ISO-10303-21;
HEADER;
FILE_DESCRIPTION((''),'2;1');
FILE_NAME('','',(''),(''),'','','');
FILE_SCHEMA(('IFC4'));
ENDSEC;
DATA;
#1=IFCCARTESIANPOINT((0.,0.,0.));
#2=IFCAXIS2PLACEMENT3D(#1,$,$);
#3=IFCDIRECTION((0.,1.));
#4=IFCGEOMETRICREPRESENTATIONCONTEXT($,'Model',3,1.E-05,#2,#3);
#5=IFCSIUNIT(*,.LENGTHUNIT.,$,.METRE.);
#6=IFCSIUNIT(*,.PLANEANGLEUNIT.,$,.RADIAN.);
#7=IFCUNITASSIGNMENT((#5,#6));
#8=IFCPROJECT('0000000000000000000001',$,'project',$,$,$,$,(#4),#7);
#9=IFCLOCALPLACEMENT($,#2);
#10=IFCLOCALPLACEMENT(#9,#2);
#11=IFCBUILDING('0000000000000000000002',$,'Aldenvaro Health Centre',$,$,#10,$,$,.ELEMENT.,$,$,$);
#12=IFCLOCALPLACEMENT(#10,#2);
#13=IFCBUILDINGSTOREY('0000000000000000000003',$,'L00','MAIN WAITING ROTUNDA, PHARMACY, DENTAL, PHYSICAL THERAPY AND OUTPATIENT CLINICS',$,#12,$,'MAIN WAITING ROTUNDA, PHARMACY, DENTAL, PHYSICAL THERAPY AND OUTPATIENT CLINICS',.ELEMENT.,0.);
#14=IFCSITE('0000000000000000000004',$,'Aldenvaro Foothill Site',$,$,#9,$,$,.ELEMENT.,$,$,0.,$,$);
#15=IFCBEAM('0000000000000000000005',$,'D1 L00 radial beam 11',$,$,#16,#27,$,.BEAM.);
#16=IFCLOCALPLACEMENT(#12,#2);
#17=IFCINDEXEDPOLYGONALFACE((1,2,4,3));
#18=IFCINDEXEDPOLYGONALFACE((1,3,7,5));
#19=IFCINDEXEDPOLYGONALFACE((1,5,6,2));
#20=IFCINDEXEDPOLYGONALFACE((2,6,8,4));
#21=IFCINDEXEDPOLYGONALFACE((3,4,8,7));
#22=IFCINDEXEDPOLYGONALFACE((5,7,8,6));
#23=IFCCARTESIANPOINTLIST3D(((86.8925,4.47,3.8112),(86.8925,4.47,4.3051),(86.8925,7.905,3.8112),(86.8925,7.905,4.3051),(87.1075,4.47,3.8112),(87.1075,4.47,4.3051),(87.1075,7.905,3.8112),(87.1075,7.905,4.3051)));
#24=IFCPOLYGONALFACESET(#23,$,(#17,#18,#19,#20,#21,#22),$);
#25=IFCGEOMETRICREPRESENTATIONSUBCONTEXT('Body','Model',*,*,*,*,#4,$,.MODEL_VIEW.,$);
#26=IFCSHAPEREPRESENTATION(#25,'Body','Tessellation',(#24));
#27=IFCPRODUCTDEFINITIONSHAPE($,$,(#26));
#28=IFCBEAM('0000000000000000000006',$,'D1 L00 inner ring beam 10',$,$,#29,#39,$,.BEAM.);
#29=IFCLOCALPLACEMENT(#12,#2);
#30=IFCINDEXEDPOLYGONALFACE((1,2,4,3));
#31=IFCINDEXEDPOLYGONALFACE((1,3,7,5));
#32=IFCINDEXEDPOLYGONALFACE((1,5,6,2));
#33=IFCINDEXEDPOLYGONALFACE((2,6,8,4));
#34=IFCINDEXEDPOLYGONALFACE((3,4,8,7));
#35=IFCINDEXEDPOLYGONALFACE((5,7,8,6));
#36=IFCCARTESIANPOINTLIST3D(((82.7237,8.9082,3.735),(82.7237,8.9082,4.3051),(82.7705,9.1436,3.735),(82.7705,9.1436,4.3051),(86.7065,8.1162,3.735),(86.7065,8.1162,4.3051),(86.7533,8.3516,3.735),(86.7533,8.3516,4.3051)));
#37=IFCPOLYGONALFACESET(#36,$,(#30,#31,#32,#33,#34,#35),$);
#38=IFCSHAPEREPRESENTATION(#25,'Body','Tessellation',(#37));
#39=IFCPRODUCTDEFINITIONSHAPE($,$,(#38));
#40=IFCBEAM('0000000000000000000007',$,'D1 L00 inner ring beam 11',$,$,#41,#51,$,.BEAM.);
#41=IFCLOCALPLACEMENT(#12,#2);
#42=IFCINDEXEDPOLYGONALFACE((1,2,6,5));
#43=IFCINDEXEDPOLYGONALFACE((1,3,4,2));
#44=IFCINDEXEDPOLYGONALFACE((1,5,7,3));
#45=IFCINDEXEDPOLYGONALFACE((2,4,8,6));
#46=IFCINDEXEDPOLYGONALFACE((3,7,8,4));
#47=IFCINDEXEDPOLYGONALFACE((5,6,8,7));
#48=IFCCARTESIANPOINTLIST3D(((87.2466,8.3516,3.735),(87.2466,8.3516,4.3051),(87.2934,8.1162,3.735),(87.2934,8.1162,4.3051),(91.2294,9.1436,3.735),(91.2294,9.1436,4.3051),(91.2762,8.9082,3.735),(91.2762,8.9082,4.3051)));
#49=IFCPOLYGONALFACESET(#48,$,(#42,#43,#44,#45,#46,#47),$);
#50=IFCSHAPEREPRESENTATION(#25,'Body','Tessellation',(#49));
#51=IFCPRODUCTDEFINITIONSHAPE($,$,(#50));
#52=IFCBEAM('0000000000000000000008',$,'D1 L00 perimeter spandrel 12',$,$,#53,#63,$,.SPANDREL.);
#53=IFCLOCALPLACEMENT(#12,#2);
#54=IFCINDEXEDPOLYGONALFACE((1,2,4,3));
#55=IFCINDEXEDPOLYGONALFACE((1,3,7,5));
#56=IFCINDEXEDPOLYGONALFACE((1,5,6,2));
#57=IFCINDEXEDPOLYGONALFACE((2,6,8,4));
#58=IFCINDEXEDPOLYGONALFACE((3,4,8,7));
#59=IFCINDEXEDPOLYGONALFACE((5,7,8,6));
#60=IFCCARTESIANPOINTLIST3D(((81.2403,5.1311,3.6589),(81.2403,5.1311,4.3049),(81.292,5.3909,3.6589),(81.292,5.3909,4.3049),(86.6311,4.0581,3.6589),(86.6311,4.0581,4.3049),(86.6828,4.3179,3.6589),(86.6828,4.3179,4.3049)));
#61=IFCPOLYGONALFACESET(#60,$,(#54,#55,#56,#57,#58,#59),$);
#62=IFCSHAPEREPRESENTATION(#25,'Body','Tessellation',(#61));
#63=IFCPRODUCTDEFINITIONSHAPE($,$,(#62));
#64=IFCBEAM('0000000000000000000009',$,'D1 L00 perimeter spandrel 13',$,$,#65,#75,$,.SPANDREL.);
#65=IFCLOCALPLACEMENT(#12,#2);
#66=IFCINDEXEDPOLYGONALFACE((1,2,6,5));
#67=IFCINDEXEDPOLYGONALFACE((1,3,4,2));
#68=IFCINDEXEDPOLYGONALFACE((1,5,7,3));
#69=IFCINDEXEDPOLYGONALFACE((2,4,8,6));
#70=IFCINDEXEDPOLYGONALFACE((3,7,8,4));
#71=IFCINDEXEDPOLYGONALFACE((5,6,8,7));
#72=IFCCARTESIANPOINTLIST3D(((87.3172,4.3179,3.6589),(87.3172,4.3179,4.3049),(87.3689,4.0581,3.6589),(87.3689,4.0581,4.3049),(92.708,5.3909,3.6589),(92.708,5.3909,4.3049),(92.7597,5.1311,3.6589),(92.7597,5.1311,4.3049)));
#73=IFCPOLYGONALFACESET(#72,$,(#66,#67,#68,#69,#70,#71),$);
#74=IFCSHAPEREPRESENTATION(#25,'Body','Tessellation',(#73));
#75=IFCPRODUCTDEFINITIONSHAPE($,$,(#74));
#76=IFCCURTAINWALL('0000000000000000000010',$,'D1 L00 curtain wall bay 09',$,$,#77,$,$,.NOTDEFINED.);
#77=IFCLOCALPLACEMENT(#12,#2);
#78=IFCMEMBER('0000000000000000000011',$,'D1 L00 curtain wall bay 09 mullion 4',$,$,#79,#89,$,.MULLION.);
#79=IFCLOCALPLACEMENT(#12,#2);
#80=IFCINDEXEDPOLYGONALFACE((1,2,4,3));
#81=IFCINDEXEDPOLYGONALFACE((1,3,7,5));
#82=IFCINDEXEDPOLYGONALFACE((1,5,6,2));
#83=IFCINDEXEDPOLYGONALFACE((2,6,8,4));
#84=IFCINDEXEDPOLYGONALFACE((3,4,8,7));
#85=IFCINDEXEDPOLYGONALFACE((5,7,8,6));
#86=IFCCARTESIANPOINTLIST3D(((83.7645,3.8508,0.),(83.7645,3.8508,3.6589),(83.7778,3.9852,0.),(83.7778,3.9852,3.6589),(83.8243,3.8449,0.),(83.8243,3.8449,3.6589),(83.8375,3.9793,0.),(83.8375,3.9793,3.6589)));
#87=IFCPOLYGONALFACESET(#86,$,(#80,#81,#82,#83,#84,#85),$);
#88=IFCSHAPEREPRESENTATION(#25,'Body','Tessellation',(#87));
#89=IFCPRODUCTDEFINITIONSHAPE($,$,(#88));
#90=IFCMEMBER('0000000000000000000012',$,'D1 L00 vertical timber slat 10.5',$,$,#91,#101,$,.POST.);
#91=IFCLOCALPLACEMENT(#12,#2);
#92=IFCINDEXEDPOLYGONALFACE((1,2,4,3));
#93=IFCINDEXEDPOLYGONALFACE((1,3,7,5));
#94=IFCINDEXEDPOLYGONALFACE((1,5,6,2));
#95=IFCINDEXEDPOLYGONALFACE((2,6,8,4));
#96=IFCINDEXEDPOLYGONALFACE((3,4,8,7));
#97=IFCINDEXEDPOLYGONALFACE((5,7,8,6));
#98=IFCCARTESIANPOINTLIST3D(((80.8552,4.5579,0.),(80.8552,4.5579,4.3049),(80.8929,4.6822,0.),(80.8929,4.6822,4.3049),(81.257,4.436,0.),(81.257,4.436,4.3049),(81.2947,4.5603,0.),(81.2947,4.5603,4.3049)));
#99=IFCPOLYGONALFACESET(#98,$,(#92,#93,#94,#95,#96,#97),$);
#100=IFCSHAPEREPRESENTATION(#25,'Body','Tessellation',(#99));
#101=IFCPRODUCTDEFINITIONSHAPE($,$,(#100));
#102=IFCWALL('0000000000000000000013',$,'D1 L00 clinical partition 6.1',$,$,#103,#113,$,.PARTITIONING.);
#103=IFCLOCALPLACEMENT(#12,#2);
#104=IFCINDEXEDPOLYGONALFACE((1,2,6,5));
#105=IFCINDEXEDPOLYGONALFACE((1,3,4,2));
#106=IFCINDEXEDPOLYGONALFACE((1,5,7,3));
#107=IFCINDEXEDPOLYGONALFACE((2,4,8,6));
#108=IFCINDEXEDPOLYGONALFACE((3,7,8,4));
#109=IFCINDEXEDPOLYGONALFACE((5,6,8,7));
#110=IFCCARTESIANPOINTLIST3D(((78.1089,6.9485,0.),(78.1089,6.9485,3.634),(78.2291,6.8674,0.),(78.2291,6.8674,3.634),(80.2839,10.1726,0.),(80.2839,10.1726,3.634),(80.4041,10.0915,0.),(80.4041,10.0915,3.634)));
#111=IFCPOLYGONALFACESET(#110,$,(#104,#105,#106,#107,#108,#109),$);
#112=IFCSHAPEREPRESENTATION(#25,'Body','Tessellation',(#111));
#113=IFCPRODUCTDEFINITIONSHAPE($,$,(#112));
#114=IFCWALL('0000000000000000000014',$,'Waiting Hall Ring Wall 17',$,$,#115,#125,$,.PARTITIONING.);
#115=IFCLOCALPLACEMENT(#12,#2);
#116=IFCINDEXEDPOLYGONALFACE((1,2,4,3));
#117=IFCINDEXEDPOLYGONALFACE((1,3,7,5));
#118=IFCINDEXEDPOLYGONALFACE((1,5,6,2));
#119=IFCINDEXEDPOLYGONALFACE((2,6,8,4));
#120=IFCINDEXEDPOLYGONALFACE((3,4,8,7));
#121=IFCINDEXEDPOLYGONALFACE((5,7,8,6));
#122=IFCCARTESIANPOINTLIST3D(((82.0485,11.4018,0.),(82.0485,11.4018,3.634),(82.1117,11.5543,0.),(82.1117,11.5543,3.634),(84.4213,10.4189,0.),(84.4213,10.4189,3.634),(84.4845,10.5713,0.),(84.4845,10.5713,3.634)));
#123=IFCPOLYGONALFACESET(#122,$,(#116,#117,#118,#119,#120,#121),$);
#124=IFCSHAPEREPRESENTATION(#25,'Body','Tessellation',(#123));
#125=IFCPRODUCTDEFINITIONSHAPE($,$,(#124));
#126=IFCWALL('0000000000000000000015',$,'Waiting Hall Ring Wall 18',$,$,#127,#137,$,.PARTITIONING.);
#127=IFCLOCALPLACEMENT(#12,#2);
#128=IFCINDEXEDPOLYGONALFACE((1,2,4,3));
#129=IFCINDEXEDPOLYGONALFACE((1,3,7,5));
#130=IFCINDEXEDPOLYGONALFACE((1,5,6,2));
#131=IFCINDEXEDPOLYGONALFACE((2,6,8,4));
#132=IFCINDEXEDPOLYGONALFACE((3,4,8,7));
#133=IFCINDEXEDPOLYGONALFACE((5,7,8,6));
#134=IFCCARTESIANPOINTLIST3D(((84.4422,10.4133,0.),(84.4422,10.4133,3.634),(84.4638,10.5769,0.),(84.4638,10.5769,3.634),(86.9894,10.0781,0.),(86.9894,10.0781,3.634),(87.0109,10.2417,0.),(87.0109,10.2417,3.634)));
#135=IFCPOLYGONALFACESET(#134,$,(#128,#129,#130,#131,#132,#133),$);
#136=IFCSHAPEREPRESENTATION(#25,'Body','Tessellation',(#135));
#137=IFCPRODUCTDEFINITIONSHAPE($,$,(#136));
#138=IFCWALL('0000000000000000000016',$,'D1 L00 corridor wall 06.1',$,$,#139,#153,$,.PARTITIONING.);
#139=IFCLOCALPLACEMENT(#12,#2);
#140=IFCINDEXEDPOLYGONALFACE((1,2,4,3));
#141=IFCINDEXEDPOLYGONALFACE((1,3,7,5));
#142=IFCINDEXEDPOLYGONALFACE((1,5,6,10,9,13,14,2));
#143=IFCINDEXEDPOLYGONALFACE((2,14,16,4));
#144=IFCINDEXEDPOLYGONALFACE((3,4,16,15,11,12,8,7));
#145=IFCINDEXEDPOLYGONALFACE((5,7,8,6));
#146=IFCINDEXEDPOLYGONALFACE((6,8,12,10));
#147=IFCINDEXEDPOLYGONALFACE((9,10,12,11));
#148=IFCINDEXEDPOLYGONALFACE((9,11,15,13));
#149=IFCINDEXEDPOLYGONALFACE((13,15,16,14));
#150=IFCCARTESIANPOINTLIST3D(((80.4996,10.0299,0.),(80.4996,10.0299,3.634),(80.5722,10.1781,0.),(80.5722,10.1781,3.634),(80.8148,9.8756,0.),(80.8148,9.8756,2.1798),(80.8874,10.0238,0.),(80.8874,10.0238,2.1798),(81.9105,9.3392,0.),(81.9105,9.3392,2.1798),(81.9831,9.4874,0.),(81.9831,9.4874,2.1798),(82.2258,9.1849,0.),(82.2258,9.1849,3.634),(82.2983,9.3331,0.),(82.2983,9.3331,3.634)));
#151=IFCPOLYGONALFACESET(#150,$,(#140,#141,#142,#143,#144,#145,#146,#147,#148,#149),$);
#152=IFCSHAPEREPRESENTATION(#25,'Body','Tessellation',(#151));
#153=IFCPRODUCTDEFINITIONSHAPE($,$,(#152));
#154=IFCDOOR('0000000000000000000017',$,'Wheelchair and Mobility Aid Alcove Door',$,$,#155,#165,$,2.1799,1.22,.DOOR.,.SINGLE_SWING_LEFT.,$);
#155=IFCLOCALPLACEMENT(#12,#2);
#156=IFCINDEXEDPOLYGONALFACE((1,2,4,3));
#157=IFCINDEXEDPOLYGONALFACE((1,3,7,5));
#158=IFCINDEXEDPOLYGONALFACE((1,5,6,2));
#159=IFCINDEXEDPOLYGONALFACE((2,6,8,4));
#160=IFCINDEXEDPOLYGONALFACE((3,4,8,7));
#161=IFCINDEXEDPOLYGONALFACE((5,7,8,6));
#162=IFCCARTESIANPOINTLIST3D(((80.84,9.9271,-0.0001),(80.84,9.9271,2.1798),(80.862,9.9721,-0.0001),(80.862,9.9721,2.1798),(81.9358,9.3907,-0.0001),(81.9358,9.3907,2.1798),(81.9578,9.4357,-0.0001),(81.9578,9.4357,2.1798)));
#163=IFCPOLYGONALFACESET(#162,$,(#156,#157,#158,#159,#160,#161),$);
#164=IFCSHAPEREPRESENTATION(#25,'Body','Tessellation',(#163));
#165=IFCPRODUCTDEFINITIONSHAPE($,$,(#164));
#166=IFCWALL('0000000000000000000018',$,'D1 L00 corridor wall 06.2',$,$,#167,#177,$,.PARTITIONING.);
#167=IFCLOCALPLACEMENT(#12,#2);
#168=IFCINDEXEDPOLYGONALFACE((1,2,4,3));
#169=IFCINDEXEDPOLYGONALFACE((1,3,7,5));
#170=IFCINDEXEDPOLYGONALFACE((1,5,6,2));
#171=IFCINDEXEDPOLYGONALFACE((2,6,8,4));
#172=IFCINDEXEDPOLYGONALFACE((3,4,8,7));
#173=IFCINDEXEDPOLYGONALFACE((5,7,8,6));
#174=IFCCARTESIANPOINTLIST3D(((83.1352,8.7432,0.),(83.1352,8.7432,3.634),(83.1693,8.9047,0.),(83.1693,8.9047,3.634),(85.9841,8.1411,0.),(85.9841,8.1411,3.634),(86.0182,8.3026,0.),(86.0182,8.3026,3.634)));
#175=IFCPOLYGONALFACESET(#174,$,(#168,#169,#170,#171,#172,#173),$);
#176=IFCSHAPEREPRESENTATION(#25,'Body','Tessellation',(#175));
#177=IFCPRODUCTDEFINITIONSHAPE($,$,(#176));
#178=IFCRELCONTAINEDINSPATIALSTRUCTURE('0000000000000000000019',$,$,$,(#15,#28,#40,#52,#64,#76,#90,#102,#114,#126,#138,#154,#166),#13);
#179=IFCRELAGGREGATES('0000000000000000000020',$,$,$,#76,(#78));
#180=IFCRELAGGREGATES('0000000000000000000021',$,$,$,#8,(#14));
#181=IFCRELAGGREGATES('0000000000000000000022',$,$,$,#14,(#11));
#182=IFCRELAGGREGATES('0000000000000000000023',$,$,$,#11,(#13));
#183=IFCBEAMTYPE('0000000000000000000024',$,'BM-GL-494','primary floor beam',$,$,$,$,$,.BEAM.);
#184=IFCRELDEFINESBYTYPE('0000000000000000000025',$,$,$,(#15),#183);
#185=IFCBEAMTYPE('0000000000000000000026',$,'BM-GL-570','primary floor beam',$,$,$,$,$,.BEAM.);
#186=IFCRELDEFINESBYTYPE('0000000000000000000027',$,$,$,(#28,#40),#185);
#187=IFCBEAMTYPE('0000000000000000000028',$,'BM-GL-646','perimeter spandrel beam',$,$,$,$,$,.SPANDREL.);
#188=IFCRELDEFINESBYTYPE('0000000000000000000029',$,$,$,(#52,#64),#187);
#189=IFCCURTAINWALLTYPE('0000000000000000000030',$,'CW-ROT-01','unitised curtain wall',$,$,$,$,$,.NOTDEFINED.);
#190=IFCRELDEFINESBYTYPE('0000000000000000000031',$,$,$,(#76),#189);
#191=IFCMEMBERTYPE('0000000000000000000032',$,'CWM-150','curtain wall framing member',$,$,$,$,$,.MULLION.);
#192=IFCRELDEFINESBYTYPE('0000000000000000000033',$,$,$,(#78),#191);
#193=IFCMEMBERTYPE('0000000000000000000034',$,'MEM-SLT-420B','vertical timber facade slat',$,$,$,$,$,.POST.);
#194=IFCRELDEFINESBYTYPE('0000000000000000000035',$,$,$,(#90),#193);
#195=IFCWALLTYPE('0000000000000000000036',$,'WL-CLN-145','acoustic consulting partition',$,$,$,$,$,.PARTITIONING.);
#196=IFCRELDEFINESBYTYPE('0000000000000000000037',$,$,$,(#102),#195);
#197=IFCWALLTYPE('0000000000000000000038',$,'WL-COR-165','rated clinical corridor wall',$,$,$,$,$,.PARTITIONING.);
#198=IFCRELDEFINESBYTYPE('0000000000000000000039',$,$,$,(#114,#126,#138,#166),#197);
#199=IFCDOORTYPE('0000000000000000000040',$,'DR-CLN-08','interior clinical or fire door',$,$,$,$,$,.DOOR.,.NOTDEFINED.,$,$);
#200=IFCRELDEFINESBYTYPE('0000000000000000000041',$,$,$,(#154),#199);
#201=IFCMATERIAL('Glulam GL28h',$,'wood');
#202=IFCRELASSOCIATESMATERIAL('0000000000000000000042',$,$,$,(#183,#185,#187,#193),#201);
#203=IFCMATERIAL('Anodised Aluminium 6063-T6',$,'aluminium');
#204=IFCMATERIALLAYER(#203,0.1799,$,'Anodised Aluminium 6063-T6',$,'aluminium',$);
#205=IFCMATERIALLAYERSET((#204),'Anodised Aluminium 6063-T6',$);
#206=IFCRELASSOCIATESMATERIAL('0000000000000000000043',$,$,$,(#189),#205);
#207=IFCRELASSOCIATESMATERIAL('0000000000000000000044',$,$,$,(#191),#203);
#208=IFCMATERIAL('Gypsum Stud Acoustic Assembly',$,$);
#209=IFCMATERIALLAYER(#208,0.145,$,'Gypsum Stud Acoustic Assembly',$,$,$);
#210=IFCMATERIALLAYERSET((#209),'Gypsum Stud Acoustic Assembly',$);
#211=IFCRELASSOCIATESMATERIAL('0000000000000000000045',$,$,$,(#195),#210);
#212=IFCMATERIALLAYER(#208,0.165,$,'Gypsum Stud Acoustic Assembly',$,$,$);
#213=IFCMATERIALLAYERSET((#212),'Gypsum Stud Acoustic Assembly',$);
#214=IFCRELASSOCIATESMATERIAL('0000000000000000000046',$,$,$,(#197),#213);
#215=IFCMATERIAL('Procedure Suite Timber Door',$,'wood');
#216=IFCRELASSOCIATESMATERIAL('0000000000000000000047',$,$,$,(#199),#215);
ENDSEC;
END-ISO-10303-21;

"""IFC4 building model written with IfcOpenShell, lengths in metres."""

from ifc_helpers import new_model, si_unit, direction, frame, frame_2d, origin, origin_2d, place, context, subcontext, project, spatial, rectangle, extrude, material, layer, layer_set, material_profile, profile_set, type_object, element, fill, aggregate, save


model = new_model("IFC4")

# Units and contexts
model_context = context("Model", 3, precision=1e-05, world=origin(), true_north=direction((0.0, 1.0)))
body_context = subcontext(model_context, "Body", "Model", "MODEL_VIEW")
ifc_project = project(units=[si_unit("LENGTHUNIT", "METRE"), si_unit("PLANEANGLEUNIT", "RADIAN")], contexts=[model_context])

# Site, building, storey
site_placement = place(None, origin())
site = spatial("IfcSite", under=ifc_project, at=site_placement, Name="Aldenvaro Foothill Site", CompositionType="ELEMENT", RefElevation=0.0)
building_placement = place(site_placement, origin())
building = spatial("IfcBuilding", under=site, at=building_placement, Name="Aldenvaro Health Centre", CompositionType="ELEMENT")
storey_placement = place(building_placement, origin())
storey = spatial("IfcBuildingStorey", under=building, at=storey_placement, Name="L00", Description="MAIN WAITING ROTUNDA, PHARMACY, DENTAL, PHYSICAL THERAPY AND OUTPATIENT CLINICS", LongName="MAIN WAITING ROTUNDA, PHARMACY, DENTAL, PHYSICAL THERAPY AND OUTPATIENT CLINICS", CompositionType="ELEMENT", Elevation=0.0)

# Beams
ifc_material_1 = material(Name="Glulam GL28h", Category="wood")
ifc_material_profile_1 = material_profile(ifc_material_1, rectangle(XDim=0.2151, YDim=0.4939, at=origin_2d()), Name="GL 215x494", Category="wood")
ifc_profile_set_1 = profile_set([ifc_material_profile_1], Name="Glulam GL28h")
beam_type_1 = type_object("IfcBeamType", Name="BM-GL-494", Description="primary floor beam", PredefinedType="BEAM", material=ifc_profile_set_1)
beam_1_placement = place(storey_placement, frame((87.0, 7.905, 4.0581), z_axis=(0.0, -1.0, 0.0), x_axis=(1.0, 0.0, 0.0)))
element("IfcBeam", 1, at=beam_1_placement, inside=storey, type_object=beam_type_1, Name="D1 L00 radial beam 11", PredefinedType="BEAM", context=body_context, shape_type="SweptSolid", body=[
    extrude(rectangle(XDim=0.2151, YDim=0.4939, at=origin_2d()), origin(), (0.0, 0.0, 1.0), 3.4351),
])
ifc_material_profile_2 = material_profile(ifc_material_1, rectangle(XDim=0.24, YDim=0.5701, at=origin_2d()), Name="GL 240x570", Category="wood")
ifc_profile_set_2 = profile_set([ifc_material_profile_2], Name="Glulam GL28h")
beam_type_2 = type_object("IfcBeamType", Name="BM-GL-570", Description="primary floor beam", PredefinedType="BEAM", material=ifc_profile_set_2)
for number, where, z_axis, x_axis, name in (
    (2, (82.7471, 9.0259, 4.02), (0.980797, -0.195029, 0.0), (0.195029, 0.980797, 0.0), "D1 L00 inner ring beam 10"),
    (3, (87.27, 8.2339, 4.02), (0.980797, 0.195029, 0.0), (-0.195029, 0.980797, 0.0), "D1 L00 inner ring beam 11"),
):
    element("IfcBeam", number, at=place(storey_placement, frame(where, z_axis=z_axis, x_axis=x_axis)), inside=storey, type_object=beam_type_2, Name=name, PredefinedType="BEAM", context=body_context, shape_type="SweptSolid", body=[
        extrude(rectangle(XDim=0.24, YDim=0.5701, at=origin_2d()), origin(), (0.0, 0.0, 1.0), 4.0608),
    ])
ifc_material_profile_3 = material_profile(ifc_material_1, rectangle(XDim=0.2649, YDim=0.646, at=origin_2d()), Name="GL 265x646", Category="wood")
ifc_profile_set_3 = profile_set([ifc_material_profile_3], Name="Glulam GL28h")
beam_type_3 = type_object("IfcBeamType", Name="BM-GL-646", Description="perimeter spandrel beam", PredefinedType="SPANDREL", material=ifc_profile_set_3)
for number, where, z_axis, x_axis, name in (
    (4, (81.2661, 5.261, 3.9819), (0.980761, -0.195211, 0.0), (0.195211, 0.980761, 0.0), "D1 L00 perimeter spandrel 12"),
    (5, (87.343, 4.188, 3.9819), (0.980761, 0.195211, 0.0), (-0.195211, 0.980761, 0.0), "D1 L00 perimeter spandrel 13"),
):
    element("IfcBeam", number, at=place(storey_placement, frame(where, z_axis=z_axis, x_axis=x_axis)), inside=storey, type_object=beam_type_3, Name=name, PredefinedType="SPANDREL", context=body_context, shape_type="SweptSolid", body=[
        extrude(rectangle(XDim=0.2649, YDim=0.646, at=origin_2d()), origin(), (0.0, 0.0, 1.0), 5.4966),
    ])

# Curtain wall, member
ifc_material_2 = material(Name="Anodised Aluminium 6063-T6", Category="aluminium")
ifc_layer_1 = layer(ifc_material_2, 0.1799, Name="Anodised Aluminium 6063-T6", Category="aluminium")
ifc_layer_set_1 = layer_set([ifc_layer_1], Name="Anodised Aluminium 6063-T6")
curtain_wall_type = type_object("IfcCurtainWallType", Name="CW-ROT-01", Description="unitised curtain wall", PredefinedType="NOTDEFINED", material=ifc_layer_set_1)
curtain_wall_placement = place(storey_placement, origin())
curtain_wall = element("IfcCurtainWall", 6, at=curtain_wall_placement, inside=storey, type_object=curtain_wall_type, Name="D1 L00 curtain wall bay 09", PredefinedType="NOTDEFINED")
ifc_material_profile_4 = material_profile(ifc_material_2, rectangle(XDim=0.0601, YDim=0.135, at=origin_2d()), Name="ALU 60x135", Category="aluminium")
ifc_profile_set_4 = profile_set([ifc_material_profile_4], Name="Anodised Aluminium 6063-T6")
member_type_1 = type_object("IfcMemberType", Name="CWM-150", Description="curtain wall framing member", PredefinedType="MULLION", material=ifc_profile_set_4)
member_1_placement = place(storey_placement, frame((83.801, 3.915, 0.0), z_axis=(0.0, 0.0, 1.0), x_axis=(-0.995187, 0.097994, 0.0)))
member_1 = element("IfcMember", 7, at=member_1_placement, type_object=member_type_1, Name="D1 L00 curtain wall bay 09 mullion 4", PredefinedType="MULLION", context=body_context, shape_type="SweptSolid", body=[
    extrude(rectangle(XDim=0.0601, YDim=0.135, at=origin_2d()), origin(), (0.0, 0.0, 1.0), 3.6589),
])
aggregate(curtain_wall, [member_1])

# Member
ifc_material_profile_5 = material_profile(ifc_material_1, rectangle(XDim=0.1299, YDim=0.4199, at=origin_2d()), Name="GL 130x420", Category="wood")
ifc_profile_set_5 = profile_set([ifc_material_profile_5], Name="Glulam GL28h")
member_type_2 = type_object("IfcMemberType", Name="MEM-SLT-420B", Description="vertical timber facade slat", PredefinedType="POST", material=ifc_profile_set_5)
member_2_placement = place(storey_placement, frame((81.075, 4.5591, 0.0), z_axis=(0.0, 0.0, 1.0), x_axis=(-0.290171, -0.956975, 0.0)))
element("IfcMember", 8, at=member_2_placement, inside=storey, type_object=member_type_2, Name="D1 L00 vertical timber slat 10.5", PredefinedType="POST", context=body_context, shape_type="SweptSolid", body=[
    extrude(rectangle(XDim=0.1299, YDim=0.4199, at=origin_2d()), origin(), (0.0, 0.0, 1.0), 4.3049),
])

# Walls
ifc_material_3 = material(Name="Gypsum Stud Acoustic Assembly")
ifc_layer_2 = layer(ifc_material_3, 0.145, Name="Gypsum Stud Acoustic Assembly")
ifc_layer_set_2 = layer_set([ifc_layer_2], Name="Gypsum Stud Acoustic Assembly")
wall_type_1 = type_object("IfcWallType", Name="WL-CLN-145", Description="acoustic consulting partition", PredefinedType="PARTITIONING", material=ifc_layer_set_2)
wall_1_placement = place(storey_placement, frame((80.344, 10.1321, 0.0), z_axis=(0.0, 0.0, 1.0), x_axis=(-0.559255, -0.828996, 0.0)))
element("IfcWall", 9, at=wall_1_placement, inside=storey, type_object=wall_type_1, Name="D1 L00 clinical partition 6.1", PredefinedType="PARTITIONING", context=body_context, shape_type="SweptSolid", body=[
    extrude(rectangle(XDim=3.8892, YDim=0.145, at=frame_2d((1.9446, 0.0))), origin(), (0.0, 0.0, 1.0), 3.634),
])
ifc_layer_3 = layer(ifc_material_3, 0.165, Name="Gypsum Stud Acoustic Assembly")
ifc_layer_set_3 = layer_set([ifc_layer_3], Name="Gypsum Stud Acoustic Assembly")
wall_type_2 = type_object("IfcWallType", Name="WL-COR-165", Description="rated clinical corridor wall", PredefinedType="PARTITIONING", material=ifc_layer_set_3)
wall_2_placement = place(storey_placement, frame((82.0801, 11.478, 0.0), z_axis=(0.0, 0.0, 1.0), x_axis=(0.923871, -0.382704, 0.0)))
element("IfcWall", 10, at=wall_2_placement, inside=storey, type_object=wall_type_2, Name="Waiting Hall Ring Wall 17", PredefinedType="PARTITIONING", context=body_context, shape_type="SweptSolid", body=[
    extrude(rectangle(XDim=2.5684, YDim=0.165, at=frame_2d((1.2842, 0.0))), origin(), (0.0, 0.0, 1.0), 3.634),
])
wall_3_placement = place(storey_placement, frame((84.4529, 10.4951, 0.0), z_axis=(0.0, 0.0, 1.0), x_axis=(0.991451, -0.130477, 0.0)))
element("IfcWall", 11, at=wall_3_placement, inside=storey, type_object=wall_type_2, Name="Waiting Hall Ring Wall 18", PredefinedType="PARTITIONING", context=body_context, shape_type="SweptSolid", body=[
    extrude(rectangle(XDim=2.5691, YDim=0.165, at=frame_2d((1.2847, 0.0))), origin(), (0.0, 0.0, 1.0), 3.634),
])

# Wall, opening, door
wall_4_placement = place(storey_placement, frame((80.5359, 10.104, 0.0), z_axis=(0.0, 0.0, 1.0), x_axis=(0.898156, -0.439677, 0.0)))
wall_4 = element("IfcWall", 12, at=wall_4_placement, inside=storey, type_object=wall_type_2, Name="D1 L00 corridor wall 06.1", PredefinedType="PARTITIONING", context=body_context, shape_type="SweptSolid", body=[
    extrude(rectangle(XDim=1.9219, YDim=0.165, at=frame_2d((0.9609, 0.0))), origin(), (0.0, 0.0, 1.0), 3.634),
])
opening_1_placement = place(wall_4_placement, frame((0.3511, 0.0, 0.0)))
opening_1 = element("IfcOpeningElement", 13, at=opening_1_placement, cuts=wall_4, PredefinedType="OPENING", context=body_context, shape_type="SweptSolid", body=[
    extrude(rectangle(XDim=1.22, YDim=2.1799, at=frame_2d((0.6099, 1.0898))), frame((0.0, 0.0925, 0.0), z_axis=(0.0, -1.0, 0.0), x_axis=(1.0, 0.0, 0.0)), (0.0, 0.0, 1.0), 0.1851),
])
ifc_material_4 = material(Name="Procedure Suite Timber Door", Category="wood")
door_type_1 = type_object("IfcDoorType", Name="DR-CLN-08", Description="interior clinical or fire door", OperationType="NOTDEFINED", PredefinedType="DOOR", material=ifc_material_4)
door_1_placement = place(opening_1_placement, origin())
door_1 = element("IfcDoor", 14, at=door_1_placement, inside=storey, type_object=door_type_1, Name="Wheelchair and Mobility Aid Alcove Door", OperationType="SINGLE_SWING_LEFT", OverallHeight=2.1799, OverallWidth=1.22, PredefinedType="DOOR", context=body_context, shape_type="SweptSolid", body=[
    extrude(rectangle(XDim=1.22, YDim=2.1799, at=frame_2d((0.6099, 1.0898))), frame((0.0, 0.0249, 0.0), z_axis=(0.0, -1.0, 0.0), x_axis=(1.0, 0.0, 0.0)), (0.0, 0.0, 1.0), 0.05),
])
fill(opening_1, door_1)

# Wall
wall_5_placement = place(storey_placement, frame((83.1521, 8.824, 0.0), z_axis=(0.0, 0.0, 1.0), x_axis=(0.978391, -0.206763, 0.0)))
element("IfcWall", 15, at=wall_5_placement, inside=storey, type_object=wall_type_2, Name="D1 L00 corridor wall 06.2", PredefinedType="PARTITIONING", context=body_context, shape_type="SweptSolid", body=[
    extrude(rectangle(XDim=2.9119, YDim=0.165, at=frame_2d((1.4561, 0.0))), origin(), (0.0, 0.0, 1.0), 3.634),
])

save(model, "model.ifc")
